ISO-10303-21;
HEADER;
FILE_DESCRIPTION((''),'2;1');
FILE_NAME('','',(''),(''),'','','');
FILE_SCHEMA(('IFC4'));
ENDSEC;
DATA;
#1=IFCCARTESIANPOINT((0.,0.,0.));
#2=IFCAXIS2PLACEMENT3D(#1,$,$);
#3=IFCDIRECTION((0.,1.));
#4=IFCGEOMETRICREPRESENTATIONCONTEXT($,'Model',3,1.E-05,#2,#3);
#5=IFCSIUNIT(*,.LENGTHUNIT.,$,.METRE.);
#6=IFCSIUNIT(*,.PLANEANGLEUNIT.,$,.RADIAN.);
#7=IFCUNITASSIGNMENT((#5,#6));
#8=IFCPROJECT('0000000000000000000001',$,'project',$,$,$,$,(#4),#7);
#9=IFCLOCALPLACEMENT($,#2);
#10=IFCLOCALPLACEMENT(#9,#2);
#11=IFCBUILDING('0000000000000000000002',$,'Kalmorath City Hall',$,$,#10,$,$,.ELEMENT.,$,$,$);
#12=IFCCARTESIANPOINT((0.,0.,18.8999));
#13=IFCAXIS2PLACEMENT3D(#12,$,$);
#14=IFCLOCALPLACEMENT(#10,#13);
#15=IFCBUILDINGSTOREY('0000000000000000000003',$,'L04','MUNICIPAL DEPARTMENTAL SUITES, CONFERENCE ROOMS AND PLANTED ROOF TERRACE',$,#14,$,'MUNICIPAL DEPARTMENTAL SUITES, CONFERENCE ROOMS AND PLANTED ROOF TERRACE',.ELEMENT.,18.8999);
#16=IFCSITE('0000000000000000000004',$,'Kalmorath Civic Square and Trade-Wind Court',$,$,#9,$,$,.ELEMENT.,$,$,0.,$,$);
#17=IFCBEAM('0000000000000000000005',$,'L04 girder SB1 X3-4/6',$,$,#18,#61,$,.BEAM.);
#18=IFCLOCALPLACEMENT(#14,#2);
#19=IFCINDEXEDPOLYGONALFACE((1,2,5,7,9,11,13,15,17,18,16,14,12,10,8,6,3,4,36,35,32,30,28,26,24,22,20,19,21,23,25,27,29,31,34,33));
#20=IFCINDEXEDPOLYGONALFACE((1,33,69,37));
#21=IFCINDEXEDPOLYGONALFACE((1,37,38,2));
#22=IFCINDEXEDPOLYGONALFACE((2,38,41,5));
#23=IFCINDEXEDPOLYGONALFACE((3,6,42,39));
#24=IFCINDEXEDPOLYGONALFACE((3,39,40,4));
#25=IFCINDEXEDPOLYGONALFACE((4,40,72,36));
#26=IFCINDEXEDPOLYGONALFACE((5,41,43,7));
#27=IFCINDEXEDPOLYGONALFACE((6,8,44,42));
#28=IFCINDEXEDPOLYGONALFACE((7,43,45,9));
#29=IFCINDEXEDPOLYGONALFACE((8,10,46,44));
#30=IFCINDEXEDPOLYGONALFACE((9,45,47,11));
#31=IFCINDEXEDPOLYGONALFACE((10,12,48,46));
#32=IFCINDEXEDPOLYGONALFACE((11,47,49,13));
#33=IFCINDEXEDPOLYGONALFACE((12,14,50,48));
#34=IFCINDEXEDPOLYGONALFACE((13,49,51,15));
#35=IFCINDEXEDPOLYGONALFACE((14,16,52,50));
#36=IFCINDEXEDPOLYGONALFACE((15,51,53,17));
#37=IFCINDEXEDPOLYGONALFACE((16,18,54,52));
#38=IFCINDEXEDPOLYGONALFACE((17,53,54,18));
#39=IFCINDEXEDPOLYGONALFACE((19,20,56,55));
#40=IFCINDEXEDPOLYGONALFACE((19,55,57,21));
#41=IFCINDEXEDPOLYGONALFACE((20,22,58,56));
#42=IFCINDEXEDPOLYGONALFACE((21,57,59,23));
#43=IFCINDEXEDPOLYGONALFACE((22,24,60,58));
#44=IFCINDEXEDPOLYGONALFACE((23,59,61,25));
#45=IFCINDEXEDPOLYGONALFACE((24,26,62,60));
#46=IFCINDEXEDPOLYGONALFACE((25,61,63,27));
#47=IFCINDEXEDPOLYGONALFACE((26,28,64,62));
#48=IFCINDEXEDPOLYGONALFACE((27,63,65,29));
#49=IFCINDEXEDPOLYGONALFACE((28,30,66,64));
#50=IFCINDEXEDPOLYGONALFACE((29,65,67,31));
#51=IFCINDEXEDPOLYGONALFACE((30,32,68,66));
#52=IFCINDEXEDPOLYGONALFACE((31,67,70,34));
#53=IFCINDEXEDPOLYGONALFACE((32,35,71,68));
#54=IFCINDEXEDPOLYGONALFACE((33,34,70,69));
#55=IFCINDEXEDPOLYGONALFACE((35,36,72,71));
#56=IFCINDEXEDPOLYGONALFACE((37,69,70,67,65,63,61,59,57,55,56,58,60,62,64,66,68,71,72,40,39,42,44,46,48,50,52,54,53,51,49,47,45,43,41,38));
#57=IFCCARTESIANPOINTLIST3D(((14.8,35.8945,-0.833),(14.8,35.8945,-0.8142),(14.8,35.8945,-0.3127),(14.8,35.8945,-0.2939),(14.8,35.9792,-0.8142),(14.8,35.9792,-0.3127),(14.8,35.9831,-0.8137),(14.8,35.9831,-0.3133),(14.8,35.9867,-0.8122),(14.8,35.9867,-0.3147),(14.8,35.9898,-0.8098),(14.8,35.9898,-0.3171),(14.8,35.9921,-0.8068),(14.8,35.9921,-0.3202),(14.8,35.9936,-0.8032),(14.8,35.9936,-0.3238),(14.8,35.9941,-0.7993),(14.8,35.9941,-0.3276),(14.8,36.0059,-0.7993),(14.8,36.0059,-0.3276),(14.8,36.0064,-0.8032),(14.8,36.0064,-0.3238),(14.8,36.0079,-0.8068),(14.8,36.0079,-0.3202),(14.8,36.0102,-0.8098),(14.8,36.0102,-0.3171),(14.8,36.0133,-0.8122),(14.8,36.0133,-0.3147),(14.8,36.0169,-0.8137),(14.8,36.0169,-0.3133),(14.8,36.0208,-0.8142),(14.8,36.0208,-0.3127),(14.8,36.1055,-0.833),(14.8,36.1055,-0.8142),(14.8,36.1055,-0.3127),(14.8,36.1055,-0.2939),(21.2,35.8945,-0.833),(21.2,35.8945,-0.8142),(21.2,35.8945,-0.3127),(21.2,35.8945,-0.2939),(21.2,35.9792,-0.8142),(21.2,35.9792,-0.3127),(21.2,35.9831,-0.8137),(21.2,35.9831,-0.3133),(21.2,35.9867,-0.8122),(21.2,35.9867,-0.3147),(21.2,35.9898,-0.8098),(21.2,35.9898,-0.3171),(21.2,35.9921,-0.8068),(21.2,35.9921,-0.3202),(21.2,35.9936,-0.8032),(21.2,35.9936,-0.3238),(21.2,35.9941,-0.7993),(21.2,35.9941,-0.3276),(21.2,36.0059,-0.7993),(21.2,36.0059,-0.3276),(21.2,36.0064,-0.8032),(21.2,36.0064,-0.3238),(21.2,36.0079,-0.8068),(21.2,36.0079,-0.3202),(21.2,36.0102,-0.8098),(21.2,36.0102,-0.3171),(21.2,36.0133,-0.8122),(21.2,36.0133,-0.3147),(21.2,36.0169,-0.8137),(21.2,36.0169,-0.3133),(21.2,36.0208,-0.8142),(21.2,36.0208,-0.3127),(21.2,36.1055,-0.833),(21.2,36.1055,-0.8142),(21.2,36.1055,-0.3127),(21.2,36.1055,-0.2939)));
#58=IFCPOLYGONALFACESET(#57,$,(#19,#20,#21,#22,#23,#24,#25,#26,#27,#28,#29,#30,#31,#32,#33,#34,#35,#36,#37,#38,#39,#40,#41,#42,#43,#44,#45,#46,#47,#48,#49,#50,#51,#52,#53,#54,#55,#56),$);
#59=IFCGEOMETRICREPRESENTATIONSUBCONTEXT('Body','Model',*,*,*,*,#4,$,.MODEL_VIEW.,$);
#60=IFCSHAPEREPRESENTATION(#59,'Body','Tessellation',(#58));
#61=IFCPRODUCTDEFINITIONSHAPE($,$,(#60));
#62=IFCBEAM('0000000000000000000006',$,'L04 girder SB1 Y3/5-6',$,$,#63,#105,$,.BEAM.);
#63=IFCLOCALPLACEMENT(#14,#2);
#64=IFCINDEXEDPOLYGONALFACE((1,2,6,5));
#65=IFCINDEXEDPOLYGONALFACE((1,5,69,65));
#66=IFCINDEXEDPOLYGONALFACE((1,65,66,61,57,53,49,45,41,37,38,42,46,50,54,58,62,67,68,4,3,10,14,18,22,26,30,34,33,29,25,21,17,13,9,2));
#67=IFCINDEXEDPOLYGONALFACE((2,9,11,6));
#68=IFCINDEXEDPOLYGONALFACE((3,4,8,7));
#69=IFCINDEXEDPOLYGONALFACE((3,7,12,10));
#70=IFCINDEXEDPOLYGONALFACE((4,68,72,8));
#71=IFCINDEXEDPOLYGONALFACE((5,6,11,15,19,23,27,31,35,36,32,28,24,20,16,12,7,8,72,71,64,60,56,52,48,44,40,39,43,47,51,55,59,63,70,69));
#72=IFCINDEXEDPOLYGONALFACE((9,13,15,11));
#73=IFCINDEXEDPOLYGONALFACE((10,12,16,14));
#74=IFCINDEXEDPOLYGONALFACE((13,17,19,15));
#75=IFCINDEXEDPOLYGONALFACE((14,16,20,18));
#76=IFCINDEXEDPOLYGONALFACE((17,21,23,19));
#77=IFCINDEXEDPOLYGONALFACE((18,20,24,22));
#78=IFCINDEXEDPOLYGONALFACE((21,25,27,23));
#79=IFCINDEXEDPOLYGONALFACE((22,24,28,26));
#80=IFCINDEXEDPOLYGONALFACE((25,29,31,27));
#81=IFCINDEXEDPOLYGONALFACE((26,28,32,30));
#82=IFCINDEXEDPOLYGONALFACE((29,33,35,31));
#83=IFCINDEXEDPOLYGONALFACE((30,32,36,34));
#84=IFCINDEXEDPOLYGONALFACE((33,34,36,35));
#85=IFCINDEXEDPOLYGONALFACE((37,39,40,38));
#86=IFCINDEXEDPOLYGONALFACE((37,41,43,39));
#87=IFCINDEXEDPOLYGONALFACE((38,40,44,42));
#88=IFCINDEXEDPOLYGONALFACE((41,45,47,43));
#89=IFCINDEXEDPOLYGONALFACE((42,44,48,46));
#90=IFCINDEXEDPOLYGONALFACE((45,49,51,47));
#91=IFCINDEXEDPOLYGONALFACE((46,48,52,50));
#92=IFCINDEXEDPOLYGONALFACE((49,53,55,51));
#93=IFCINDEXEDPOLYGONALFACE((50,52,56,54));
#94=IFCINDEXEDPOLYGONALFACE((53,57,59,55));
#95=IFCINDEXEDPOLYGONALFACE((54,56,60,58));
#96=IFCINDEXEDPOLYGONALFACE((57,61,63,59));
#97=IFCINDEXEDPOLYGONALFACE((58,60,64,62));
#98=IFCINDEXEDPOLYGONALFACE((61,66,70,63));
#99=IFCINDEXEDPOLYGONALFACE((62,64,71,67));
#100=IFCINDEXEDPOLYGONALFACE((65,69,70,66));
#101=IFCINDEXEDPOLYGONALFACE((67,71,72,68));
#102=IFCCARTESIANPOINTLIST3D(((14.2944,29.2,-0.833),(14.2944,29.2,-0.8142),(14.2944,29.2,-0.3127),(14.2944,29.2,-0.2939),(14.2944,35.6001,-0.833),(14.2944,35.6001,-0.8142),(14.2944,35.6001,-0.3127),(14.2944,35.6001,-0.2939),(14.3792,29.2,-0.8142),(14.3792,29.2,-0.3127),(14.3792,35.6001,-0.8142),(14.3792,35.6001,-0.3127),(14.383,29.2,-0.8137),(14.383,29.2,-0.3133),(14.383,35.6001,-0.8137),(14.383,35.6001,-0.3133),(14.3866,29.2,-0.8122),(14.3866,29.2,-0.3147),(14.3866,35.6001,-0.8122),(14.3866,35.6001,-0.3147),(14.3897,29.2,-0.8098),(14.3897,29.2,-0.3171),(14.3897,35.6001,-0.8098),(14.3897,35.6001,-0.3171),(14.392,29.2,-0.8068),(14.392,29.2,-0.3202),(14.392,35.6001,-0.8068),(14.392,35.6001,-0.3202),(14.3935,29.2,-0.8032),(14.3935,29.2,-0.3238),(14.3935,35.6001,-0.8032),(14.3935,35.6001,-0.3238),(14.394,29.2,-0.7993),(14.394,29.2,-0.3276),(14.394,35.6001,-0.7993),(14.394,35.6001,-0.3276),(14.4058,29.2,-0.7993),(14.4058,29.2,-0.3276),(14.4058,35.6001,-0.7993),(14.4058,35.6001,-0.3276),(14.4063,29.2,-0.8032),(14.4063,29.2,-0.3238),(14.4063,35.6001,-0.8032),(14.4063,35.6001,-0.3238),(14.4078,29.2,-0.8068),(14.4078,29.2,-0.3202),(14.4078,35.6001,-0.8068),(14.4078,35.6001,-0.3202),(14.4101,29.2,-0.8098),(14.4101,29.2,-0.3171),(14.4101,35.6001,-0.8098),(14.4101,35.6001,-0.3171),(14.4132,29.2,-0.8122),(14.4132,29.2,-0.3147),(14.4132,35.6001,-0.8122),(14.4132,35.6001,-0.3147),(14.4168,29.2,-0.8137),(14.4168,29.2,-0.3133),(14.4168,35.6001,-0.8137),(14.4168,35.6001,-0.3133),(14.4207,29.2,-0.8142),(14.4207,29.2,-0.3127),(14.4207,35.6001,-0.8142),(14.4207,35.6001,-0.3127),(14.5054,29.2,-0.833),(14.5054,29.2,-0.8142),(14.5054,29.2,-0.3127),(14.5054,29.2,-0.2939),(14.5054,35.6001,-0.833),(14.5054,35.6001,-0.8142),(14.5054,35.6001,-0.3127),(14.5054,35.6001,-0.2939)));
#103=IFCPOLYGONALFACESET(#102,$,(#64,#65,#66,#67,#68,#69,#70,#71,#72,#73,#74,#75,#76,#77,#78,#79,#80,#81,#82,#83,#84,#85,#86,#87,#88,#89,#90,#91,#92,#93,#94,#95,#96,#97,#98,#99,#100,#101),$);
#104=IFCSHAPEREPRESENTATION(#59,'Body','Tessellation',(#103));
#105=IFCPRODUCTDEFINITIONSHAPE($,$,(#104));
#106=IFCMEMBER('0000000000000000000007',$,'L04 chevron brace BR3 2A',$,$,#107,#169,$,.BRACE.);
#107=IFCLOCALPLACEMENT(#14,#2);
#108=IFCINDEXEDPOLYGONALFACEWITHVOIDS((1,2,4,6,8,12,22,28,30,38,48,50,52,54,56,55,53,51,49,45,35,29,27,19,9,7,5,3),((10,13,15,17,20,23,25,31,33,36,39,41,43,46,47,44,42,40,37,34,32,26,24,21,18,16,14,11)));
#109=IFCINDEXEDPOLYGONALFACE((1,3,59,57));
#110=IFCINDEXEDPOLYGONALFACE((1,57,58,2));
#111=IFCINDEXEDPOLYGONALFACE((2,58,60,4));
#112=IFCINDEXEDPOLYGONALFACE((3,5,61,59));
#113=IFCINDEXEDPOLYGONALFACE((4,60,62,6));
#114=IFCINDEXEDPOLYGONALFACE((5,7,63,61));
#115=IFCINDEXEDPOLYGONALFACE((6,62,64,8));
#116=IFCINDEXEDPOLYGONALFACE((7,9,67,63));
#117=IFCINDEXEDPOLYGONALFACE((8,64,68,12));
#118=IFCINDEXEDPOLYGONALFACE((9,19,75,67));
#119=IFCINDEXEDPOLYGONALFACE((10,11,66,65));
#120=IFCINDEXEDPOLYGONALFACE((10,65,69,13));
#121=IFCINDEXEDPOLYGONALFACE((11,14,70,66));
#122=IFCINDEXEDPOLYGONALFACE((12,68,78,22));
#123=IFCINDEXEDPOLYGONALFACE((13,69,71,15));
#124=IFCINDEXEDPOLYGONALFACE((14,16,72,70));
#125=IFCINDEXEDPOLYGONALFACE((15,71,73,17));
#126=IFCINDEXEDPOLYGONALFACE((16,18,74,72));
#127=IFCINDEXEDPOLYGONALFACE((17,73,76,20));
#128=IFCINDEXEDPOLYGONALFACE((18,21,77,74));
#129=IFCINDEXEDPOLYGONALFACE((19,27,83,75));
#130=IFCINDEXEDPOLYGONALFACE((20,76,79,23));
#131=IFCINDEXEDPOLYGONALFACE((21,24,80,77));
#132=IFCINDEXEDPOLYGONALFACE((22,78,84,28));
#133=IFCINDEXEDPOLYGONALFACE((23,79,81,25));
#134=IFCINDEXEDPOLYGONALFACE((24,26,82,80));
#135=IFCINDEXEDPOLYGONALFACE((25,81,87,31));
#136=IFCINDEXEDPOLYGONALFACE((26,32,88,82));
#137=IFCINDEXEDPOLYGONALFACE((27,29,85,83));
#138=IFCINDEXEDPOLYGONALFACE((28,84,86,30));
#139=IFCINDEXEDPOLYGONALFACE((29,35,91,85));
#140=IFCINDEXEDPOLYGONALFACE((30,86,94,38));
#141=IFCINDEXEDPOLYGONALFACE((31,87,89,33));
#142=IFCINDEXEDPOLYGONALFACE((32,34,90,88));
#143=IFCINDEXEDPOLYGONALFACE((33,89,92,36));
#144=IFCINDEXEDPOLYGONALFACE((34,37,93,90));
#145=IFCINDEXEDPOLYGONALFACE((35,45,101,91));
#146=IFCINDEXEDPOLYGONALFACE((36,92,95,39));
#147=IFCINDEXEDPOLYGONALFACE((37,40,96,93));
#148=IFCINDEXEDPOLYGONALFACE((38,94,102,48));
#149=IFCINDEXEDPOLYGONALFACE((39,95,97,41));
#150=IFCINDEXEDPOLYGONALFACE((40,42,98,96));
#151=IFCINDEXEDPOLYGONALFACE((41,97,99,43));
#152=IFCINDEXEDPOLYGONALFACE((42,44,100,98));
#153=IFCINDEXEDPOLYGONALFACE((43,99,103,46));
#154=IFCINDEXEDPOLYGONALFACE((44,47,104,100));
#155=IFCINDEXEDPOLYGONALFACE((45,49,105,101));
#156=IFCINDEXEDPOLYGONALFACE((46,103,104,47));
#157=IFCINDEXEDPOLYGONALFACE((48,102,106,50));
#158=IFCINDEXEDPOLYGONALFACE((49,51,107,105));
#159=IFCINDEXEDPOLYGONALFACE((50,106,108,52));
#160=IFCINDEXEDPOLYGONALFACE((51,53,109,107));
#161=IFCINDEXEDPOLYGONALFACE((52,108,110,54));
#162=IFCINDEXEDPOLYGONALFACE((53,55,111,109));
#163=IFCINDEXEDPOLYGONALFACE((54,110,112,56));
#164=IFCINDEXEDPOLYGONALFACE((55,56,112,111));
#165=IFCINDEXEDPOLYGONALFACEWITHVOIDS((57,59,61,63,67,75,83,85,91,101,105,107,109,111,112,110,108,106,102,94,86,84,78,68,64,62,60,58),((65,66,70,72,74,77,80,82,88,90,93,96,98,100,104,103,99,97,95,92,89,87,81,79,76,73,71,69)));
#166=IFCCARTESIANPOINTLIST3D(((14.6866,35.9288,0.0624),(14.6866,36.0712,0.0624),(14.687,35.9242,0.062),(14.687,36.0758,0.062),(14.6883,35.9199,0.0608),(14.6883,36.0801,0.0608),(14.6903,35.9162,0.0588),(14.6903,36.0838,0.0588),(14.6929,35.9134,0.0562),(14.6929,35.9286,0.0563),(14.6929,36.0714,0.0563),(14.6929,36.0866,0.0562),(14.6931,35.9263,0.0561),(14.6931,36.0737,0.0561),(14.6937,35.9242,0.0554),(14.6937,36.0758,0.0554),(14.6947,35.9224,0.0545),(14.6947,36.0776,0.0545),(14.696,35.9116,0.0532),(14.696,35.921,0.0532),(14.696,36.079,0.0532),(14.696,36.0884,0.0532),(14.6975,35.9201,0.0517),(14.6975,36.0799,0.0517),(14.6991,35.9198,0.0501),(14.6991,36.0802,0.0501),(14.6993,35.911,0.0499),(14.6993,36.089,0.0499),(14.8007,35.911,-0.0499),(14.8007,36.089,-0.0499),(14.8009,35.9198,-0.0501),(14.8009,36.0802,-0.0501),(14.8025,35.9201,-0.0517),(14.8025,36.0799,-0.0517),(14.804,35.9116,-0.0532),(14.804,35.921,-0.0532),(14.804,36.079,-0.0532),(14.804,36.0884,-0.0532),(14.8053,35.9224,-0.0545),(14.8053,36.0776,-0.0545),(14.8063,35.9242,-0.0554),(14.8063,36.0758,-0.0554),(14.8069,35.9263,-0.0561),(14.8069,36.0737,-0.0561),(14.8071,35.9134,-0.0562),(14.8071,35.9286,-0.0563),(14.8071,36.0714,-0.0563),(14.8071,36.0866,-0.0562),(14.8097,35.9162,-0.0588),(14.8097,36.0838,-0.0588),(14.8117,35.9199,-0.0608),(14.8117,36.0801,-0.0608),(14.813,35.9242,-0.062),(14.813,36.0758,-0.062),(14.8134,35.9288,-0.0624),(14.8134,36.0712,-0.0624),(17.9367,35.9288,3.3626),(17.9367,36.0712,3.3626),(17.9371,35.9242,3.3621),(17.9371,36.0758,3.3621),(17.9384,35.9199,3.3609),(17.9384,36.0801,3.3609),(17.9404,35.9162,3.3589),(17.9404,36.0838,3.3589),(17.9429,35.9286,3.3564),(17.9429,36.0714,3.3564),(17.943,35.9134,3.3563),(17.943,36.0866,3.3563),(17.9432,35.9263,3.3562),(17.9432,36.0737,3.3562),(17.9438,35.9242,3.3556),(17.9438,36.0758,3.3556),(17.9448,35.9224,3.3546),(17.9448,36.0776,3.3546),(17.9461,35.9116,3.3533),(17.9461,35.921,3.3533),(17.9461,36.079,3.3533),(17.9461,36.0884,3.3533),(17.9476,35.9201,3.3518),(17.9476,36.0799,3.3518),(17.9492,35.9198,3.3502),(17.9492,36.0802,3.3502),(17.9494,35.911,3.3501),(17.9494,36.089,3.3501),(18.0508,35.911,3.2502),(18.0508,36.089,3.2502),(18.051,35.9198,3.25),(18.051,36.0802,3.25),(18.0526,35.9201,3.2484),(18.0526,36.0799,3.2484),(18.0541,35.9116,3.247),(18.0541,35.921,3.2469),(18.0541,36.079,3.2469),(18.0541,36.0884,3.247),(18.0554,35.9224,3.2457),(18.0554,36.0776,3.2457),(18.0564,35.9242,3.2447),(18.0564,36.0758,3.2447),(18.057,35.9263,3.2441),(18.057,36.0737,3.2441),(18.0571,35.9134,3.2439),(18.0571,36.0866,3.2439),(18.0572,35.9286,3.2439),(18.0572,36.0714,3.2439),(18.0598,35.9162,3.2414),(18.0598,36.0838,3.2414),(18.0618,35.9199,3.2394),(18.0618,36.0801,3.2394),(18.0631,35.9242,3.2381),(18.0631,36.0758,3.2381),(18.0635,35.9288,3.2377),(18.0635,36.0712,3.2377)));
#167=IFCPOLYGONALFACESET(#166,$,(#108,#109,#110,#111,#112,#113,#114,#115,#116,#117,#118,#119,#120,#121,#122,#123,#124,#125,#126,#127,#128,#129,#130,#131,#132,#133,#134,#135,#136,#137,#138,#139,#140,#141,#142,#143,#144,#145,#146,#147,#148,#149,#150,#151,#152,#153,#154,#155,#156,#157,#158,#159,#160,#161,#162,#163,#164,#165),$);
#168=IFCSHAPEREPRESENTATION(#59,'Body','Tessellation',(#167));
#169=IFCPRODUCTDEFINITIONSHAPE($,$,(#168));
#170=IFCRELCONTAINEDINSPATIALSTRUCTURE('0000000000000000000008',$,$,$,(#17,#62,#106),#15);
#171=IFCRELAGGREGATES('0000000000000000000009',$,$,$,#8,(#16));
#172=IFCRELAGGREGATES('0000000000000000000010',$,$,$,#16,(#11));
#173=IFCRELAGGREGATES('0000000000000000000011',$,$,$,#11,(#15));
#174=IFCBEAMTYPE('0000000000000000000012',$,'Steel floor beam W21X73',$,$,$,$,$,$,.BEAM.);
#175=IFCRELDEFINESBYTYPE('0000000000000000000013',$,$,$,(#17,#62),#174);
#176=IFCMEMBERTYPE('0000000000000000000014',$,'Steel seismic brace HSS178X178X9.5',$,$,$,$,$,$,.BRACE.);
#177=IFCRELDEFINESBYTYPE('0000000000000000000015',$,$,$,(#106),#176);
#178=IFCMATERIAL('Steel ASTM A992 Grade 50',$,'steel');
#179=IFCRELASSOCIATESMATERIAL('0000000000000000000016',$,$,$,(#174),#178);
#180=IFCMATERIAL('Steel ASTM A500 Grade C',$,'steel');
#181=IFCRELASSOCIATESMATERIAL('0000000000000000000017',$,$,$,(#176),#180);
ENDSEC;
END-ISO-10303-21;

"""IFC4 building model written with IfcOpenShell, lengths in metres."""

from ifc_helpers import new_model, si_unit, direction, frame, origin, origin_2d, place, context, subcontext, project, spatial, hollow_rectangle, i_section, extrude, material, material_profile, profile_set, type_object, element, save


model = new_model("IFC4")

# Units and contexts
model_context = context("Model", 3, precision=1e-05, world=origin(), true_north=direction((0.0, 1.0)))
body_context = subcontext(model_context, "Body", "Model", "MODEL_VIEW")
ifc_project = project(units=[si_unit("LENGTHUNIT", "METRE"), si_unit("PLANEANGLEUNIT", "RADIAN")], contexts=[model_context])

# Site, building, storey
site_placement = place(None, origin())
site = spatial("IfcSite", under=ifc_project, at=site_placement, Name="Kalmorath Civic Square and Trade-Wind Court", CompositionType="ELEMENT", RefElevation=0.0)
building_placement = place(site_placement, origin())
building = spatial("IfcBuilding", under=site, at=building_placement, Name="Kalmorath City Hall", CompositionType="ELEMENT")
storey_placement = place(building_placement, frame((0.0, 0.0, 18.8999)))
storey = spatial("IfcBuildingStorey", under=building, at=storey_placement, Name="L04", Description="MUNICIPAL DEPARTMENTAL SUITES, CONFERENCE ROOMS AND PLANTED ROOF TERRACE", LongName="MUNICIPAL DEPARTMENTAL SUITES, CONFERENCE ROOMS AND PLANTED ROOF TERRACE", CompositionType="ELEMENT", Elevation=18.8999)

# Beams
ifc_material_1 = material(Name="Steel ASTM A992 Grade 50", Category="steel")
ifc_material_profile_1 = material_profile(ifc_material_1, i_section(OverallWidth=0.2109, OverallDepth=0.5391, WebThickness=0.0117, FlangeThickness=0.0188, FilletRadius=0.0149, at=origin_2d()), Name="W21X73")
ifc_profile_set_1 = profile_set([ifc_material_profile_1], Name="Steel ASTM A992 Grade 50")
beam_type_1 = type_object("IfcBeamType", Name="Steel floor beam W21X73", PredefinedType="BEAM", material=ifc_profile_set_1)
for number, where, z_axis, x_axis, name in (
    (1, (14.8, 36.0, -0.5635), (1.0, 0.0, 0.0), (0.0, 1.0, 0.0), "L04 girder SB1 X3-4/6"),
):
    element("IfcBeam", number, at=place(storey_placement, frame(where, z_axis=z_axis, x_axis=x_axis)), inside=storey, type_object=beam_type_1, Name=name, PredefinedType="BEAM", context=body_context, shape_type="SweptSolid", body=[
        extrude(i_section(OverallWidth=0.2109, OverallDepth=0.5391, WebThickness=0.0117, FlangeThickness=0.0188, FilletRadius=0.0149, at=origin_2d()), origin(), (0.0, 0.0, 1.0), 6.3999),
    ])
beam_placement = place(storey_placement, frame((14.3999, 29.2, -0.5635), z_axis=(0.0, 1.0, 0.0), x_axis=(-1.0, 0.0, 0.0)))
element("IfcBeam", 2, at=beam_placement, inside=storey, type_object=beam_type_1, Name="L04 girder SB1 Y3/5-6", PredefinedType="BEAM", context=body_context, shape_type="SweptSolid", body=[
    extrude(i_section(OverallWidth=0.2109, OverallDepth=0.5391, WebThickness=0.0117, FlangeThickness=0.0188, FilletRadius=0.0149, at=origin_2d()), origin(), (0.0, 0.0, 1.0), 6.4001),
])

# Member
ifc_material_2 = material(Name="Steel ASTM A500 Grade C", Category="steel")
ifc_material_profile_2 = material_profile(ifc_material_2, hollow_rectangle(XDim=0.178, YDim=0.178, WallThickness=0.0088, InnerFilletRadius=0.0088, OuterFilletRadius=0.0178, at=origin_2d()), Name="HSS178X178X9.5")
ifc_profile_set_2 = profile_set([ifc_material_profile_2], Name="Steel ASTM A500 Grade C")
member_type_1 = type_object("IfcMemberType", Name="Steel seismic brace HSS178X178X9.5", PredefinedType="BRACE", material=ifc_profile_set_2)
for number, where, z_axis, x_axis, name in (
    (3, (14.75, 36.0, 0.0), (0.701683, 0.0, 0.712489), (0.0, 1.0, 0.0), "L04 chevron brace BR3 2A"),
):
    element("IfcMember", number, at=place(storey_placement, frame(where, z_axis=z_axis, x_axis=x_axis)), inside=storey, type_object=member_type_1, Name=name, PredefinedType="BRACE", context=body_context, shape_type="SweptSolid", body=[
        extrude(hollow_rectangle(XDim=0.178, YDim=0.178, WallThickness=0.0088, InnerFilletRadius=0.0088, OuterFilletRadius=0.0178, at=origin_2d()), origin(), (0.0, 0.0, 1.0), 4.6318),
    ])

save(model, "model.ifc")
